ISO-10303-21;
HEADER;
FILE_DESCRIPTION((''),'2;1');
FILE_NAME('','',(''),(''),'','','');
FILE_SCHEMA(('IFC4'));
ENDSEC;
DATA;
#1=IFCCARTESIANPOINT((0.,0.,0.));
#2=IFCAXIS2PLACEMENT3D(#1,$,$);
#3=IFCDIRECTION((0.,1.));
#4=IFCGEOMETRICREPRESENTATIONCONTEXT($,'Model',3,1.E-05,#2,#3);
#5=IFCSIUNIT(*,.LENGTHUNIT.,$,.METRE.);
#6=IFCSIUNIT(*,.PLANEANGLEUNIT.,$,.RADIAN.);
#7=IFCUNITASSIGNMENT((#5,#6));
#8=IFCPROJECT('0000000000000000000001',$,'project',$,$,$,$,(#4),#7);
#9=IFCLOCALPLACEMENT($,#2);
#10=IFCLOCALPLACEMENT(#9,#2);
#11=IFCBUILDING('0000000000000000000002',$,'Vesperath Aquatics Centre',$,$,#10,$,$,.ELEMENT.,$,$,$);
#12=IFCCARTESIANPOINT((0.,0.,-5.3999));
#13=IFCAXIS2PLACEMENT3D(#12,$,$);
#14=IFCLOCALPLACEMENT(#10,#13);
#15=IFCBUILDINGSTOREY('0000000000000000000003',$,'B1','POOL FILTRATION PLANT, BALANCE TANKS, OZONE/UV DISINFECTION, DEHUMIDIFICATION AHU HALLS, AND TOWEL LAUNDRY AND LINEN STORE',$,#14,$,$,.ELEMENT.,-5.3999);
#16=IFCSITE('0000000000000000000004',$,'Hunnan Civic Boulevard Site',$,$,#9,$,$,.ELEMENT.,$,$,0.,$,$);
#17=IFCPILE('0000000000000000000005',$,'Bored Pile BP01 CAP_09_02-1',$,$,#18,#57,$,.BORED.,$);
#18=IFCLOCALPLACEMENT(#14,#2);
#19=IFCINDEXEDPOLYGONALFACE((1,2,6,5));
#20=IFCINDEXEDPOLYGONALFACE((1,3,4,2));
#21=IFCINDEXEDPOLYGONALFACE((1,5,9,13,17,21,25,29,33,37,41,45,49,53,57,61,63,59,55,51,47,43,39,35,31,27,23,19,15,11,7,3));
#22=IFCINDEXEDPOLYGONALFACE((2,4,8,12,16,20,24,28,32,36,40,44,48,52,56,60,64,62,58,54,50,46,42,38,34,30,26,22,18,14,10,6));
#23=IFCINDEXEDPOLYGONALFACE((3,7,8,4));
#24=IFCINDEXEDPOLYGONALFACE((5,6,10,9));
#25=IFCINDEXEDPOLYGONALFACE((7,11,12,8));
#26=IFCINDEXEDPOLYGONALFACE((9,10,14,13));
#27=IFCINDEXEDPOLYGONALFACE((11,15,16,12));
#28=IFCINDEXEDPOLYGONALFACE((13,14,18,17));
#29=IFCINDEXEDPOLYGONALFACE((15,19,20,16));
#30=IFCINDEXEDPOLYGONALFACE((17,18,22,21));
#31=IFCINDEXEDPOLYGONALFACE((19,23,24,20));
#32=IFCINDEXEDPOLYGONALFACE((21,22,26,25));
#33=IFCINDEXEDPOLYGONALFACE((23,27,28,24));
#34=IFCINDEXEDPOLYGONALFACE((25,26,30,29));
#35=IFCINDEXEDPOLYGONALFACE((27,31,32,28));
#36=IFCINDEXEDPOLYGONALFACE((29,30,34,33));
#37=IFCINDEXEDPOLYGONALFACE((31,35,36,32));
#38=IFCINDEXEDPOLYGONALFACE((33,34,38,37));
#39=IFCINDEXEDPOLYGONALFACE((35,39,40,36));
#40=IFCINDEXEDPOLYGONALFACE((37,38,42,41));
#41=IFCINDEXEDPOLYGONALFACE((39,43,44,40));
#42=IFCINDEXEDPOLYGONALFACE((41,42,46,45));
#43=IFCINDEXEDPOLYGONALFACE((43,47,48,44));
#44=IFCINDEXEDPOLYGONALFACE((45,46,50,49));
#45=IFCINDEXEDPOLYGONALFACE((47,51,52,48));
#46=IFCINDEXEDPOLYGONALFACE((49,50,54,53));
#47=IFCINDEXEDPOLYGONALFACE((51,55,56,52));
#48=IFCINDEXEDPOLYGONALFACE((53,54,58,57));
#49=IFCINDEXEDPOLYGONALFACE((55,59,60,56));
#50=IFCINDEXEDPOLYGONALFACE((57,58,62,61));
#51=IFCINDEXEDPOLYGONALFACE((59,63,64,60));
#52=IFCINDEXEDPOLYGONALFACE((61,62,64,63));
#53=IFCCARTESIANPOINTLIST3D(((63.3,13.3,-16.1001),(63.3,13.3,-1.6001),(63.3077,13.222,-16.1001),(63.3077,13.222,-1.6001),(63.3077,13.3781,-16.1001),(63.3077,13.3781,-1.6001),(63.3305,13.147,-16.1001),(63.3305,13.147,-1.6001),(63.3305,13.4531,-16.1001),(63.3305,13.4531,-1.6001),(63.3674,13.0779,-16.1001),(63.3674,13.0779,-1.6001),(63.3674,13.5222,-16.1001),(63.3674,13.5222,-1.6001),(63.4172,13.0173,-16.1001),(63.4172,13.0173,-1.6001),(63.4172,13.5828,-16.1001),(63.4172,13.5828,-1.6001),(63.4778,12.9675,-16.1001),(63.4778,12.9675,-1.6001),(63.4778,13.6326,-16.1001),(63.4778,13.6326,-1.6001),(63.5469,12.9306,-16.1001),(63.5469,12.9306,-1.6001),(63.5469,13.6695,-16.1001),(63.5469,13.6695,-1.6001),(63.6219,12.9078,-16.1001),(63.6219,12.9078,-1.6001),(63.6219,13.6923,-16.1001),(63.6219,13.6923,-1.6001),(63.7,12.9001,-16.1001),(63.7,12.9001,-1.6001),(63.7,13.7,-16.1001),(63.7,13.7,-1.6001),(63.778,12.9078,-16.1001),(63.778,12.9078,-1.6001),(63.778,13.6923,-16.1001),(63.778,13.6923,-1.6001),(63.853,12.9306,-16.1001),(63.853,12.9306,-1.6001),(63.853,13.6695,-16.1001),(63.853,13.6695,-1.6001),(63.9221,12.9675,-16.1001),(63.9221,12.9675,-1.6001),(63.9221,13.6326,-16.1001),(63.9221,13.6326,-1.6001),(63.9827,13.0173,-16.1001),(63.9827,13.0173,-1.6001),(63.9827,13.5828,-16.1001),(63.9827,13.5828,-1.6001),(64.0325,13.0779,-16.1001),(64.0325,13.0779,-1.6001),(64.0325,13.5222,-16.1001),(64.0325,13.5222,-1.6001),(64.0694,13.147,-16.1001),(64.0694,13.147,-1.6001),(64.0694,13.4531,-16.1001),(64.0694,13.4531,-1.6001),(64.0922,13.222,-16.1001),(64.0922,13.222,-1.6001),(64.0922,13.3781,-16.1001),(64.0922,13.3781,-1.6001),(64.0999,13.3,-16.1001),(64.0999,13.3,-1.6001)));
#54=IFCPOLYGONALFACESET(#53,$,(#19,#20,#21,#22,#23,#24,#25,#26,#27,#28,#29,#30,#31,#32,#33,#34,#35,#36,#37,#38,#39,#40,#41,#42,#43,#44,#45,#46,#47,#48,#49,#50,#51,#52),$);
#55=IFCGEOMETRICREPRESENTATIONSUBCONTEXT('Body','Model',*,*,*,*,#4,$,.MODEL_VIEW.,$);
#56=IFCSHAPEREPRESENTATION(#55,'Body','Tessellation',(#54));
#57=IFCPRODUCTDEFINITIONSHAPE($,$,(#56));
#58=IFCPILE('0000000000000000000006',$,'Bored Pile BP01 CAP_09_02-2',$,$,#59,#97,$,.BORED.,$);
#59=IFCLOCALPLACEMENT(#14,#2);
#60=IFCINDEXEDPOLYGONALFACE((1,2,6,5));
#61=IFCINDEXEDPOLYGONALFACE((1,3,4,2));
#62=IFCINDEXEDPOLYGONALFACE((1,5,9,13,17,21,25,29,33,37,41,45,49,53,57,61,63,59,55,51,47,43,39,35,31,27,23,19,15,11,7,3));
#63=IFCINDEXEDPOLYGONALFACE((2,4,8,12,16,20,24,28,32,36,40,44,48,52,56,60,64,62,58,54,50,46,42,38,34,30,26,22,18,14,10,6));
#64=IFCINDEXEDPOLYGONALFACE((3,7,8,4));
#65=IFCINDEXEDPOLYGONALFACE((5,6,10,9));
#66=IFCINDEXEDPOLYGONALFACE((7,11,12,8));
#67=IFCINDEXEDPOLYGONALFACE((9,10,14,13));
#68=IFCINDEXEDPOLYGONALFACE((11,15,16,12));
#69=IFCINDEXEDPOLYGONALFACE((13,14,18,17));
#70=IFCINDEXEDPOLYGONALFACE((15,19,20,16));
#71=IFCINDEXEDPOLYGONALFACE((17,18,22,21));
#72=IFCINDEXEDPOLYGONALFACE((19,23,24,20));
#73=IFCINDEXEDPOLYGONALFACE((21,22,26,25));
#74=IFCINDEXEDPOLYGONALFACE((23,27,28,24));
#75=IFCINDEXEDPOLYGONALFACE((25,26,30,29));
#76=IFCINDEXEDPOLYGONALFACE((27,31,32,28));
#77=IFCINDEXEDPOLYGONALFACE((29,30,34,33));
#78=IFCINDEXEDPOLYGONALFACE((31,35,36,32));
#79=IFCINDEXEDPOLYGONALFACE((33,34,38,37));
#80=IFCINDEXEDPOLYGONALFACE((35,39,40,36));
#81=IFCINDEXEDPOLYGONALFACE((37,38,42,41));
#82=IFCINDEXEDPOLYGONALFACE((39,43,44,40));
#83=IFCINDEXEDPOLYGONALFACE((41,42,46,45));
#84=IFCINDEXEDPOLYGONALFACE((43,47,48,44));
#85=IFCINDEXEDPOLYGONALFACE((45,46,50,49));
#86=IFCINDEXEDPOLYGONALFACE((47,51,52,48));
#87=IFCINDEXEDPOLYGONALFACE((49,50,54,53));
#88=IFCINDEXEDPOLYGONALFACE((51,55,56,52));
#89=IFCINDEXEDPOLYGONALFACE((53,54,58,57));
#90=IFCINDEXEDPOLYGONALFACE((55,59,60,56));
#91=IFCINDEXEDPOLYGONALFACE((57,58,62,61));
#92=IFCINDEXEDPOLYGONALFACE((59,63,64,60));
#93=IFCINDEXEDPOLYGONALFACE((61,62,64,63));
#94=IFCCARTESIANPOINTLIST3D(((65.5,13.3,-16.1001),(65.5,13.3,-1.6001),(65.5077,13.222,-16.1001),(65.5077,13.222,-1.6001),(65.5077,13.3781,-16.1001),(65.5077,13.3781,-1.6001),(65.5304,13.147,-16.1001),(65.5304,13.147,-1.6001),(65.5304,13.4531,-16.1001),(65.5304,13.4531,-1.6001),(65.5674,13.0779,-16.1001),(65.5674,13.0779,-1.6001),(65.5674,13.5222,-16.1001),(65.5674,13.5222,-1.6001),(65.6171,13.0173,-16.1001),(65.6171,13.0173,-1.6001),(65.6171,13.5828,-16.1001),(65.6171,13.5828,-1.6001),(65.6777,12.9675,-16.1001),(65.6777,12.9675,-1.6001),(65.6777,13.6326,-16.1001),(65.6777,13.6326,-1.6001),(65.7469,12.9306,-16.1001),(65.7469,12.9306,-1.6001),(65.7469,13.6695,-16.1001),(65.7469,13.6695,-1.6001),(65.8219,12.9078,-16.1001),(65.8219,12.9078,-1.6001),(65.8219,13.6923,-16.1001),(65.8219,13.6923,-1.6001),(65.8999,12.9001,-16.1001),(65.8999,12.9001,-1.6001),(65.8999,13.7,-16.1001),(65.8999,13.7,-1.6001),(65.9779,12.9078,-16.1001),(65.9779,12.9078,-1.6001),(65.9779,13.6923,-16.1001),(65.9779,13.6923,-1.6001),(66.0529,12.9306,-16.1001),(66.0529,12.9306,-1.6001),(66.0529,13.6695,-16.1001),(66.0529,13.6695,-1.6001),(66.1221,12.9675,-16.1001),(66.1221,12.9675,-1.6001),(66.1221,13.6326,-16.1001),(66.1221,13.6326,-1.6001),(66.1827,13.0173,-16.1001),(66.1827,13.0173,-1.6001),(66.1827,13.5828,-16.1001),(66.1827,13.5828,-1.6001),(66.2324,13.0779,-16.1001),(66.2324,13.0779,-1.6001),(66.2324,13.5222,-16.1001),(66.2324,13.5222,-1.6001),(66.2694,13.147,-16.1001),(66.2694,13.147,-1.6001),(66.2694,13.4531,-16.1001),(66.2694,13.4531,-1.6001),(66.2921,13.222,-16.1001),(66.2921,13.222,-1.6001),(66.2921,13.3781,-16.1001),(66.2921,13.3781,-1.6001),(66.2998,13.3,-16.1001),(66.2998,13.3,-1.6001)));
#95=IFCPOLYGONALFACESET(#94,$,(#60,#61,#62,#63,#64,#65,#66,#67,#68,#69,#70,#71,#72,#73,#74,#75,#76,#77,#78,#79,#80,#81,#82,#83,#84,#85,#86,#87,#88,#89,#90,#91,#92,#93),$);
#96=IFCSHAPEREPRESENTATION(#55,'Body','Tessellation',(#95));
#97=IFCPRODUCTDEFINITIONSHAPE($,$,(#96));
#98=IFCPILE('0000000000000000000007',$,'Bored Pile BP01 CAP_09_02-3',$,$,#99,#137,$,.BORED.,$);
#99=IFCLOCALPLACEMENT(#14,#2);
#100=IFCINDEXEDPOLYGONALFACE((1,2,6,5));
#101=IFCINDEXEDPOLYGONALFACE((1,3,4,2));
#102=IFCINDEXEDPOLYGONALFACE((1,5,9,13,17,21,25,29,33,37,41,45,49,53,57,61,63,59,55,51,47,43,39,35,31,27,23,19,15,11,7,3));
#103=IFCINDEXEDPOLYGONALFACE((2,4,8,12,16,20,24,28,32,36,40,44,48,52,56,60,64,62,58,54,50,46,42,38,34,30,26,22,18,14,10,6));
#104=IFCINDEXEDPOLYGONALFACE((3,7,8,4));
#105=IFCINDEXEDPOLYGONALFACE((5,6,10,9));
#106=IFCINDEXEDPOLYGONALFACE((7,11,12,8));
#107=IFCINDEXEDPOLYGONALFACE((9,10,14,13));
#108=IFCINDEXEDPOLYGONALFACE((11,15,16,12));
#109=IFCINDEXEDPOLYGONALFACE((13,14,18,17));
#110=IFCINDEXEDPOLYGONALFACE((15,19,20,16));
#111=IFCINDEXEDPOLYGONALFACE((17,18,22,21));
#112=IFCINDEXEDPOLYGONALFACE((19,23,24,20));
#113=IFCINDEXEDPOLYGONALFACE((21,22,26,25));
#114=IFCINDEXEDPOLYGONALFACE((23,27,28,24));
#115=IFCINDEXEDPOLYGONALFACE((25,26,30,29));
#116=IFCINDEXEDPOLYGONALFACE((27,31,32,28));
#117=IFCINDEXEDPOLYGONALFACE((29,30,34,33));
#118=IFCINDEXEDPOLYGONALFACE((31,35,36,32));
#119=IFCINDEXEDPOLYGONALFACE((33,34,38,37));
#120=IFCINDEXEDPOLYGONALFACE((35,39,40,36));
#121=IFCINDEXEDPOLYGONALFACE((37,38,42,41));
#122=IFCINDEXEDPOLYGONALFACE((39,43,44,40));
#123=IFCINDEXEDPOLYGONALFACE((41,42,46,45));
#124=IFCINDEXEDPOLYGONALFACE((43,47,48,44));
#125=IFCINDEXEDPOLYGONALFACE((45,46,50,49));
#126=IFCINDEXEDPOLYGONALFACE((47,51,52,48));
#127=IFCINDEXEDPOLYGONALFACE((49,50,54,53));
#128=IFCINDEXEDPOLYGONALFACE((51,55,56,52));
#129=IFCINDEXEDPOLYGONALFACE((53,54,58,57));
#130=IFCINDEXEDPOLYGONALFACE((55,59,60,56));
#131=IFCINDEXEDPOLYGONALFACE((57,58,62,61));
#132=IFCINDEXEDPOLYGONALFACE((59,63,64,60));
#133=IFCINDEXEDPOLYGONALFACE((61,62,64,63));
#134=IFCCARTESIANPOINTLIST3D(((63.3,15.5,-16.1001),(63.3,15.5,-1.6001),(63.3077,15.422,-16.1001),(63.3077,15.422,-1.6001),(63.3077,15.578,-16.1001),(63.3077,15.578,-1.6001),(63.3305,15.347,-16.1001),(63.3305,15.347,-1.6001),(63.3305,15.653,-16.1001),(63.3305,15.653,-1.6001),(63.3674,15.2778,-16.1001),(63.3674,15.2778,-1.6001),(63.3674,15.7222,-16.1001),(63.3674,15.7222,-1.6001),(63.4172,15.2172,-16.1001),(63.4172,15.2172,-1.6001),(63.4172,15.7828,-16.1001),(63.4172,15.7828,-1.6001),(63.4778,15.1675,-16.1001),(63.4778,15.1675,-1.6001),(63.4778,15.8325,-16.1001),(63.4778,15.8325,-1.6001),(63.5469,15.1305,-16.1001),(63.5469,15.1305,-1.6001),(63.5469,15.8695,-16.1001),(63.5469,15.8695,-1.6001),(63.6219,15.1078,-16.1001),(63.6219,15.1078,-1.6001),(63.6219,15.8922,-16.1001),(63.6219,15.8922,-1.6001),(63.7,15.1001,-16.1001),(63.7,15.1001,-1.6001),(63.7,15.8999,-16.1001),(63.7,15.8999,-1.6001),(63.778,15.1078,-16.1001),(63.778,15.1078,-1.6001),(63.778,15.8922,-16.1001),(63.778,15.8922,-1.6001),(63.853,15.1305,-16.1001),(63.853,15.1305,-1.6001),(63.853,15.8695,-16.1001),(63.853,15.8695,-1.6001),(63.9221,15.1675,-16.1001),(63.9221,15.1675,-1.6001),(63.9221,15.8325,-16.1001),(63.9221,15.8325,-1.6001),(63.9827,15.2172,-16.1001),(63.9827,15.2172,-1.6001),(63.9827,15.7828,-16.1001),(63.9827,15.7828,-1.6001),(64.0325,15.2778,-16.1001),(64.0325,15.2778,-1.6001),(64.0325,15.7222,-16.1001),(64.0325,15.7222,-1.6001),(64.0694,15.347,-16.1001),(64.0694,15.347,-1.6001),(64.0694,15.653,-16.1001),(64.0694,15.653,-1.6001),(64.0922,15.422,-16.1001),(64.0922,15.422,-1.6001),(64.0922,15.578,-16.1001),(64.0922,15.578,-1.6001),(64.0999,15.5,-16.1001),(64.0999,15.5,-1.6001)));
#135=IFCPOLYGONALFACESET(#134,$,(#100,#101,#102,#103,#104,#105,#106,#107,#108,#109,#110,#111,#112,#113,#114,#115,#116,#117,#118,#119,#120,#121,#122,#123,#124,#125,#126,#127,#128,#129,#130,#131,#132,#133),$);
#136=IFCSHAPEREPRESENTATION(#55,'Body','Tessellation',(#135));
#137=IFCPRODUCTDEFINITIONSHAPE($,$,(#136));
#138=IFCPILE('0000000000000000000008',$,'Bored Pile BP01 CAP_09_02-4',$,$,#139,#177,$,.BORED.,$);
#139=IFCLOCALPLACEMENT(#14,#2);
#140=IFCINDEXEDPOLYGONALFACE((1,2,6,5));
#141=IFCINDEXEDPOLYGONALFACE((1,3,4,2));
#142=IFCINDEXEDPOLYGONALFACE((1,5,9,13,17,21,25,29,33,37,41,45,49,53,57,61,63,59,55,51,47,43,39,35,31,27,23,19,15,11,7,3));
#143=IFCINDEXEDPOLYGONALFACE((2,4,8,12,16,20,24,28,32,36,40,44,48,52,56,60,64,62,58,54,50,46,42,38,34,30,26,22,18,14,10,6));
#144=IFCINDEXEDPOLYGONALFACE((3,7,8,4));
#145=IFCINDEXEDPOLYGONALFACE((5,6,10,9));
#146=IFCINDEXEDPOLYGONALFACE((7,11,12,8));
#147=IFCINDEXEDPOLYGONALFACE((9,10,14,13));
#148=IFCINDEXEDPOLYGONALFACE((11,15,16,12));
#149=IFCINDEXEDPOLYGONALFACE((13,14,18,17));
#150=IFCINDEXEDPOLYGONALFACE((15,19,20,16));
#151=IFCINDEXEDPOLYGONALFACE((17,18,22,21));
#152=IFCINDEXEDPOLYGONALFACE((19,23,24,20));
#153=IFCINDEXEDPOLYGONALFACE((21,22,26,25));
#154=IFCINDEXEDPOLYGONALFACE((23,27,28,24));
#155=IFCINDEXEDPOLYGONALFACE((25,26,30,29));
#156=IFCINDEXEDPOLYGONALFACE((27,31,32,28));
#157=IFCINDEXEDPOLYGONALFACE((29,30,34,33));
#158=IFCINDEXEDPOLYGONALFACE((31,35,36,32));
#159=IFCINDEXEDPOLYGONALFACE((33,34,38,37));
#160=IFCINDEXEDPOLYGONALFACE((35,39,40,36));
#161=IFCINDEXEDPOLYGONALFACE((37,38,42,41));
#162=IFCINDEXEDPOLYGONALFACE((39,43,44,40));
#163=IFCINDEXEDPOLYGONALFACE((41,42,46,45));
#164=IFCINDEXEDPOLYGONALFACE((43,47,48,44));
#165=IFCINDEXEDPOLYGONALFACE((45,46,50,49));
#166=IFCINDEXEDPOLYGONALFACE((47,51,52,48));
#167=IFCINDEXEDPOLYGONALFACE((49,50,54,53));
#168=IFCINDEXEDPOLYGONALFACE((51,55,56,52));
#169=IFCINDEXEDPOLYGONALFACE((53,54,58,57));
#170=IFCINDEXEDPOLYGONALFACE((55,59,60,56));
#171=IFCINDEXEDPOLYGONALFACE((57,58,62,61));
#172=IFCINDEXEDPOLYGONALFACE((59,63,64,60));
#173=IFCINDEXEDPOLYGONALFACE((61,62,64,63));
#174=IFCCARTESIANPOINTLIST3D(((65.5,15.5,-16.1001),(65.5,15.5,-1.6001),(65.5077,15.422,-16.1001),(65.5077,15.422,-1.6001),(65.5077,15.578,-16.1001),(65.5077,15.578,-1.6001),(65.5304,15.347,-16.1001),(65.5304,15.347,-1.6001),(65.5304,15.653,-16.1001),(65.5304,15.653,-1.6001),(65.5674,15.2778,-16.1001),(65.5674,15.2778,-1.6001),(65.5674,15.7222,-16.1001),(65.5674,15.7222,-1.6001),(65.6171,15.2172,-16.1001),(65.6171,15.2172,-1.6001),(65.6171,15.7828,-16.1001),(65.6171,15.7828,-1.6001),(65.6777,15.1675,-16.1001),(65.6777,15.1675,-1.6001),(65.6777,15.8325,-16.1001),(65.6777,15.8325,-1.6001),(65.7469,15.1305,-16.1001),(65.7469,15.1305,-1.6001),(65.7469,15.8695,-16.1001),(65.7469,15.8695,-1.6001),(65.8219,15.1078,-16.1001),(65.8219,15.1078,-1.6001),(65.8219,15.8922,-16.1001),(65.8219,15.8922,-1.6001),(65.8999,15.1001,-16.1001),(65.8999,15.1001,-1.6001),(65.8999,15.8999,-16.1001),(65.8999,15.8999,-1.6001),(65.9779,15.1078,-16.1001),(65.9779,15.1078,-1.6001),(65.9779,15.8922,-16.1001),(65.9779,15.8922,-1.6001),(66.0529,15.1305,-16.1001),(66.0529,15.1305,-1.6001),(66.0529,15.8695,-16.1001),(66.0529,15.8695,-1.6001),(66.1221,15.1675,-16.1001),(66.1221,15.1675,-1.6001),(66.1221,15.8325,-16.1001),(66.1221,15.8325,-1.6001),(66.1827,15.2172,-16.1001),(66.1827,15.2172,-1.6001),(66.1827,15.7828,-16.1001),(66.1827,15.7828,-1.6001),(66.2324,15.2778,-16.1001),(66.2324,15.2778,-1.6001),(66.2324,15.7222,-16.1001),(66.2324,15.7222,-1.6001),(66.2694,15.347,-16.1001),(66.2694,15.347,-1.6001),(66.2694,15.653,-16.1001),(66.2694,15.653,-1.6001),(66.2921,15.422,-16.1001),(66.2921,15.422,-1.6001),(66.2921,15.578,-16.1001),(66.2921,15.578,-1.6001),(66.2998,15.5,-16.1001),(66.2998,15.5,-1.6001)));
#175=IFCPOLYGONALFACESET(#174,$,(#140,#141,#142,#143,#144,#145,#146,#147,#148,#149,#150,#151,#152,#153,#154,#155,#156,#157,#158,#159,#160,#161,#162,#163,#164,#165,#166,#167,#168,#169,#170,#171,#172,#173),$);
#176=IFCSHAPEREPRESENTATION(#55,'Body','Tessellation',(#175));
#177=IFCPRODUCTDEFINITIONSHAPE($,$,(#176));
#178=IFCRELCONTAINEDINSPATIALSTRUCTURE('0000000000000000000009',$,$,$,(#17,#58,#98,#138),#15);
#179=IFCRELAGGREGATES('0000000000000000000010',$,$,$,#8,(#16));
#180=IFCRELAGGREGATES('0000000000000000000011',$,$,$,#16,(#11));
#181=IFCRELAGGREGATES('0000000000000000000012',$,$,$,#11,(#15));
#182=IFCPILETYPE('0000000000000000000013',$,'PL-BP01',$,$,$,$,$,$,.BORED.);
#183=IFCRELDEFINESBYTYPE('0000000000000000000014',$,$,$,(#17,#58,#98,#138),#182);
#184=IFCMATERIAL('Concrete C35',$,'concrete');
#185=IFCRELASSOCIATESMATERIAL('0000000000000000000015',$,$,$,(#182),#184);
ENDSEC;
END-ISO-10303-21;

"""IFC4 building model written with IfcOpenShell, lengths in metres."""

from ifc_helpers import new_model, si_unit, direction, frame, origin, origin_2d, place, context, subcontext, project, spatial, circle, extrude, material, material_profile, profile_set, type_object, element, save


model = new_model("IFC4")

# Units and contexts
model_context = context("Model", 3, precision=1e-05, world=origin(), true_north=direction((0.0, 1.0)))
body_context = subcontext(model_context, "Body", "Model", "MODEL_VIEW")
ifc_project = project(units=[si_unit("LENGTHUNIT", "METRE"), si_unit("PLANEANGLEUNIT", "RADIAN")], contexts=[model_context])

# Site, building, storey
site_placement = place(None, origin())
site = spatial("IfcSite", under=ifc_project, at=site_placement, Name="Hunnan Civic Boulevard Site", CompositionType="ELEMENT", RefElevation=0.0)
building_placement = place(site_placement, origin())
building = spatial("IfcBuilding", under=site, at=building_placement, Name="Vesperath Aquatics Centre", CompositionType="ELEMENT")
storey_placement = place(building_placement, frame((0.0, 0.0, -5.3999)))
storey = spatial("IfcBuildingStorey", under=building, at=storey_placement, Name="B1", Description="POOL FILTRATION PLANT, BALANCE TANKS, OZONE/UV DISINFECTION, DEHUMIDIFICATION AHU HALLS, AND TOWEL LAUNDRY AND LINEN STORE", CompositionType="ELEMENT", Elevation=-5.3999)

# Piles
ifc_material_1 = material(Name="Concrete C35", Category="concrete")
ifc_material_profile_1 = material_profile(ifc_material_1, circle(Radius=0.3999, at=origin_2d()), Name="PILE D800")
ifc_profile_set_1 = profile_set([ifc_material_profile_1], Name="Concrete C35")
pile_type_1 = type_object("IfcPileType", Name="PL-BP01", PredefinedType="BORED", material=ifc_profile_set_1)
for number, where, z_axis, x_axis, name in (
    (1, (63.7, 13.3, -1.6001), (0.0, 0.0, -1.0), (1.0, 0.0, 0.0), "Bored Pile BP01 CAP_09_02-1"),
    (2, (65.8999, 13.3, -1.6001), (0.0, 0.0, -1.0), (1.0, 0.0, 0.0), "Bored Pile BP01 CAP_09_02-2"),
    (3, (63.7, 15.5, -1.6001), (0.0, 0.0, -1.0), (1.0, 0.0, 0.0), "Bored Pile BP01 CAP_09_02-3"),
    (4, (65.8999, 15.5, -1.6001), (0.0, 0.0, -1.0), (1.0, 0.0, 0.0), "Bored Pile BP01 CAP_09_02-4"),
):
    element("IfcPile", number, at=place(storey_placement, frame(where, z_axis=z_axis, x_axis=x_axis)), inside=storey, type_object=pile_type_1, Name=name, PredefinedType="BORED", context=body_context, shape_type="SweptSolid", body=[
        extrude(circle(Radius=0.3999, at=origin_2d()), origin(), (0.0, 0.0, 1.0), 14.5),
    ])

save(model, "model.ifc")
